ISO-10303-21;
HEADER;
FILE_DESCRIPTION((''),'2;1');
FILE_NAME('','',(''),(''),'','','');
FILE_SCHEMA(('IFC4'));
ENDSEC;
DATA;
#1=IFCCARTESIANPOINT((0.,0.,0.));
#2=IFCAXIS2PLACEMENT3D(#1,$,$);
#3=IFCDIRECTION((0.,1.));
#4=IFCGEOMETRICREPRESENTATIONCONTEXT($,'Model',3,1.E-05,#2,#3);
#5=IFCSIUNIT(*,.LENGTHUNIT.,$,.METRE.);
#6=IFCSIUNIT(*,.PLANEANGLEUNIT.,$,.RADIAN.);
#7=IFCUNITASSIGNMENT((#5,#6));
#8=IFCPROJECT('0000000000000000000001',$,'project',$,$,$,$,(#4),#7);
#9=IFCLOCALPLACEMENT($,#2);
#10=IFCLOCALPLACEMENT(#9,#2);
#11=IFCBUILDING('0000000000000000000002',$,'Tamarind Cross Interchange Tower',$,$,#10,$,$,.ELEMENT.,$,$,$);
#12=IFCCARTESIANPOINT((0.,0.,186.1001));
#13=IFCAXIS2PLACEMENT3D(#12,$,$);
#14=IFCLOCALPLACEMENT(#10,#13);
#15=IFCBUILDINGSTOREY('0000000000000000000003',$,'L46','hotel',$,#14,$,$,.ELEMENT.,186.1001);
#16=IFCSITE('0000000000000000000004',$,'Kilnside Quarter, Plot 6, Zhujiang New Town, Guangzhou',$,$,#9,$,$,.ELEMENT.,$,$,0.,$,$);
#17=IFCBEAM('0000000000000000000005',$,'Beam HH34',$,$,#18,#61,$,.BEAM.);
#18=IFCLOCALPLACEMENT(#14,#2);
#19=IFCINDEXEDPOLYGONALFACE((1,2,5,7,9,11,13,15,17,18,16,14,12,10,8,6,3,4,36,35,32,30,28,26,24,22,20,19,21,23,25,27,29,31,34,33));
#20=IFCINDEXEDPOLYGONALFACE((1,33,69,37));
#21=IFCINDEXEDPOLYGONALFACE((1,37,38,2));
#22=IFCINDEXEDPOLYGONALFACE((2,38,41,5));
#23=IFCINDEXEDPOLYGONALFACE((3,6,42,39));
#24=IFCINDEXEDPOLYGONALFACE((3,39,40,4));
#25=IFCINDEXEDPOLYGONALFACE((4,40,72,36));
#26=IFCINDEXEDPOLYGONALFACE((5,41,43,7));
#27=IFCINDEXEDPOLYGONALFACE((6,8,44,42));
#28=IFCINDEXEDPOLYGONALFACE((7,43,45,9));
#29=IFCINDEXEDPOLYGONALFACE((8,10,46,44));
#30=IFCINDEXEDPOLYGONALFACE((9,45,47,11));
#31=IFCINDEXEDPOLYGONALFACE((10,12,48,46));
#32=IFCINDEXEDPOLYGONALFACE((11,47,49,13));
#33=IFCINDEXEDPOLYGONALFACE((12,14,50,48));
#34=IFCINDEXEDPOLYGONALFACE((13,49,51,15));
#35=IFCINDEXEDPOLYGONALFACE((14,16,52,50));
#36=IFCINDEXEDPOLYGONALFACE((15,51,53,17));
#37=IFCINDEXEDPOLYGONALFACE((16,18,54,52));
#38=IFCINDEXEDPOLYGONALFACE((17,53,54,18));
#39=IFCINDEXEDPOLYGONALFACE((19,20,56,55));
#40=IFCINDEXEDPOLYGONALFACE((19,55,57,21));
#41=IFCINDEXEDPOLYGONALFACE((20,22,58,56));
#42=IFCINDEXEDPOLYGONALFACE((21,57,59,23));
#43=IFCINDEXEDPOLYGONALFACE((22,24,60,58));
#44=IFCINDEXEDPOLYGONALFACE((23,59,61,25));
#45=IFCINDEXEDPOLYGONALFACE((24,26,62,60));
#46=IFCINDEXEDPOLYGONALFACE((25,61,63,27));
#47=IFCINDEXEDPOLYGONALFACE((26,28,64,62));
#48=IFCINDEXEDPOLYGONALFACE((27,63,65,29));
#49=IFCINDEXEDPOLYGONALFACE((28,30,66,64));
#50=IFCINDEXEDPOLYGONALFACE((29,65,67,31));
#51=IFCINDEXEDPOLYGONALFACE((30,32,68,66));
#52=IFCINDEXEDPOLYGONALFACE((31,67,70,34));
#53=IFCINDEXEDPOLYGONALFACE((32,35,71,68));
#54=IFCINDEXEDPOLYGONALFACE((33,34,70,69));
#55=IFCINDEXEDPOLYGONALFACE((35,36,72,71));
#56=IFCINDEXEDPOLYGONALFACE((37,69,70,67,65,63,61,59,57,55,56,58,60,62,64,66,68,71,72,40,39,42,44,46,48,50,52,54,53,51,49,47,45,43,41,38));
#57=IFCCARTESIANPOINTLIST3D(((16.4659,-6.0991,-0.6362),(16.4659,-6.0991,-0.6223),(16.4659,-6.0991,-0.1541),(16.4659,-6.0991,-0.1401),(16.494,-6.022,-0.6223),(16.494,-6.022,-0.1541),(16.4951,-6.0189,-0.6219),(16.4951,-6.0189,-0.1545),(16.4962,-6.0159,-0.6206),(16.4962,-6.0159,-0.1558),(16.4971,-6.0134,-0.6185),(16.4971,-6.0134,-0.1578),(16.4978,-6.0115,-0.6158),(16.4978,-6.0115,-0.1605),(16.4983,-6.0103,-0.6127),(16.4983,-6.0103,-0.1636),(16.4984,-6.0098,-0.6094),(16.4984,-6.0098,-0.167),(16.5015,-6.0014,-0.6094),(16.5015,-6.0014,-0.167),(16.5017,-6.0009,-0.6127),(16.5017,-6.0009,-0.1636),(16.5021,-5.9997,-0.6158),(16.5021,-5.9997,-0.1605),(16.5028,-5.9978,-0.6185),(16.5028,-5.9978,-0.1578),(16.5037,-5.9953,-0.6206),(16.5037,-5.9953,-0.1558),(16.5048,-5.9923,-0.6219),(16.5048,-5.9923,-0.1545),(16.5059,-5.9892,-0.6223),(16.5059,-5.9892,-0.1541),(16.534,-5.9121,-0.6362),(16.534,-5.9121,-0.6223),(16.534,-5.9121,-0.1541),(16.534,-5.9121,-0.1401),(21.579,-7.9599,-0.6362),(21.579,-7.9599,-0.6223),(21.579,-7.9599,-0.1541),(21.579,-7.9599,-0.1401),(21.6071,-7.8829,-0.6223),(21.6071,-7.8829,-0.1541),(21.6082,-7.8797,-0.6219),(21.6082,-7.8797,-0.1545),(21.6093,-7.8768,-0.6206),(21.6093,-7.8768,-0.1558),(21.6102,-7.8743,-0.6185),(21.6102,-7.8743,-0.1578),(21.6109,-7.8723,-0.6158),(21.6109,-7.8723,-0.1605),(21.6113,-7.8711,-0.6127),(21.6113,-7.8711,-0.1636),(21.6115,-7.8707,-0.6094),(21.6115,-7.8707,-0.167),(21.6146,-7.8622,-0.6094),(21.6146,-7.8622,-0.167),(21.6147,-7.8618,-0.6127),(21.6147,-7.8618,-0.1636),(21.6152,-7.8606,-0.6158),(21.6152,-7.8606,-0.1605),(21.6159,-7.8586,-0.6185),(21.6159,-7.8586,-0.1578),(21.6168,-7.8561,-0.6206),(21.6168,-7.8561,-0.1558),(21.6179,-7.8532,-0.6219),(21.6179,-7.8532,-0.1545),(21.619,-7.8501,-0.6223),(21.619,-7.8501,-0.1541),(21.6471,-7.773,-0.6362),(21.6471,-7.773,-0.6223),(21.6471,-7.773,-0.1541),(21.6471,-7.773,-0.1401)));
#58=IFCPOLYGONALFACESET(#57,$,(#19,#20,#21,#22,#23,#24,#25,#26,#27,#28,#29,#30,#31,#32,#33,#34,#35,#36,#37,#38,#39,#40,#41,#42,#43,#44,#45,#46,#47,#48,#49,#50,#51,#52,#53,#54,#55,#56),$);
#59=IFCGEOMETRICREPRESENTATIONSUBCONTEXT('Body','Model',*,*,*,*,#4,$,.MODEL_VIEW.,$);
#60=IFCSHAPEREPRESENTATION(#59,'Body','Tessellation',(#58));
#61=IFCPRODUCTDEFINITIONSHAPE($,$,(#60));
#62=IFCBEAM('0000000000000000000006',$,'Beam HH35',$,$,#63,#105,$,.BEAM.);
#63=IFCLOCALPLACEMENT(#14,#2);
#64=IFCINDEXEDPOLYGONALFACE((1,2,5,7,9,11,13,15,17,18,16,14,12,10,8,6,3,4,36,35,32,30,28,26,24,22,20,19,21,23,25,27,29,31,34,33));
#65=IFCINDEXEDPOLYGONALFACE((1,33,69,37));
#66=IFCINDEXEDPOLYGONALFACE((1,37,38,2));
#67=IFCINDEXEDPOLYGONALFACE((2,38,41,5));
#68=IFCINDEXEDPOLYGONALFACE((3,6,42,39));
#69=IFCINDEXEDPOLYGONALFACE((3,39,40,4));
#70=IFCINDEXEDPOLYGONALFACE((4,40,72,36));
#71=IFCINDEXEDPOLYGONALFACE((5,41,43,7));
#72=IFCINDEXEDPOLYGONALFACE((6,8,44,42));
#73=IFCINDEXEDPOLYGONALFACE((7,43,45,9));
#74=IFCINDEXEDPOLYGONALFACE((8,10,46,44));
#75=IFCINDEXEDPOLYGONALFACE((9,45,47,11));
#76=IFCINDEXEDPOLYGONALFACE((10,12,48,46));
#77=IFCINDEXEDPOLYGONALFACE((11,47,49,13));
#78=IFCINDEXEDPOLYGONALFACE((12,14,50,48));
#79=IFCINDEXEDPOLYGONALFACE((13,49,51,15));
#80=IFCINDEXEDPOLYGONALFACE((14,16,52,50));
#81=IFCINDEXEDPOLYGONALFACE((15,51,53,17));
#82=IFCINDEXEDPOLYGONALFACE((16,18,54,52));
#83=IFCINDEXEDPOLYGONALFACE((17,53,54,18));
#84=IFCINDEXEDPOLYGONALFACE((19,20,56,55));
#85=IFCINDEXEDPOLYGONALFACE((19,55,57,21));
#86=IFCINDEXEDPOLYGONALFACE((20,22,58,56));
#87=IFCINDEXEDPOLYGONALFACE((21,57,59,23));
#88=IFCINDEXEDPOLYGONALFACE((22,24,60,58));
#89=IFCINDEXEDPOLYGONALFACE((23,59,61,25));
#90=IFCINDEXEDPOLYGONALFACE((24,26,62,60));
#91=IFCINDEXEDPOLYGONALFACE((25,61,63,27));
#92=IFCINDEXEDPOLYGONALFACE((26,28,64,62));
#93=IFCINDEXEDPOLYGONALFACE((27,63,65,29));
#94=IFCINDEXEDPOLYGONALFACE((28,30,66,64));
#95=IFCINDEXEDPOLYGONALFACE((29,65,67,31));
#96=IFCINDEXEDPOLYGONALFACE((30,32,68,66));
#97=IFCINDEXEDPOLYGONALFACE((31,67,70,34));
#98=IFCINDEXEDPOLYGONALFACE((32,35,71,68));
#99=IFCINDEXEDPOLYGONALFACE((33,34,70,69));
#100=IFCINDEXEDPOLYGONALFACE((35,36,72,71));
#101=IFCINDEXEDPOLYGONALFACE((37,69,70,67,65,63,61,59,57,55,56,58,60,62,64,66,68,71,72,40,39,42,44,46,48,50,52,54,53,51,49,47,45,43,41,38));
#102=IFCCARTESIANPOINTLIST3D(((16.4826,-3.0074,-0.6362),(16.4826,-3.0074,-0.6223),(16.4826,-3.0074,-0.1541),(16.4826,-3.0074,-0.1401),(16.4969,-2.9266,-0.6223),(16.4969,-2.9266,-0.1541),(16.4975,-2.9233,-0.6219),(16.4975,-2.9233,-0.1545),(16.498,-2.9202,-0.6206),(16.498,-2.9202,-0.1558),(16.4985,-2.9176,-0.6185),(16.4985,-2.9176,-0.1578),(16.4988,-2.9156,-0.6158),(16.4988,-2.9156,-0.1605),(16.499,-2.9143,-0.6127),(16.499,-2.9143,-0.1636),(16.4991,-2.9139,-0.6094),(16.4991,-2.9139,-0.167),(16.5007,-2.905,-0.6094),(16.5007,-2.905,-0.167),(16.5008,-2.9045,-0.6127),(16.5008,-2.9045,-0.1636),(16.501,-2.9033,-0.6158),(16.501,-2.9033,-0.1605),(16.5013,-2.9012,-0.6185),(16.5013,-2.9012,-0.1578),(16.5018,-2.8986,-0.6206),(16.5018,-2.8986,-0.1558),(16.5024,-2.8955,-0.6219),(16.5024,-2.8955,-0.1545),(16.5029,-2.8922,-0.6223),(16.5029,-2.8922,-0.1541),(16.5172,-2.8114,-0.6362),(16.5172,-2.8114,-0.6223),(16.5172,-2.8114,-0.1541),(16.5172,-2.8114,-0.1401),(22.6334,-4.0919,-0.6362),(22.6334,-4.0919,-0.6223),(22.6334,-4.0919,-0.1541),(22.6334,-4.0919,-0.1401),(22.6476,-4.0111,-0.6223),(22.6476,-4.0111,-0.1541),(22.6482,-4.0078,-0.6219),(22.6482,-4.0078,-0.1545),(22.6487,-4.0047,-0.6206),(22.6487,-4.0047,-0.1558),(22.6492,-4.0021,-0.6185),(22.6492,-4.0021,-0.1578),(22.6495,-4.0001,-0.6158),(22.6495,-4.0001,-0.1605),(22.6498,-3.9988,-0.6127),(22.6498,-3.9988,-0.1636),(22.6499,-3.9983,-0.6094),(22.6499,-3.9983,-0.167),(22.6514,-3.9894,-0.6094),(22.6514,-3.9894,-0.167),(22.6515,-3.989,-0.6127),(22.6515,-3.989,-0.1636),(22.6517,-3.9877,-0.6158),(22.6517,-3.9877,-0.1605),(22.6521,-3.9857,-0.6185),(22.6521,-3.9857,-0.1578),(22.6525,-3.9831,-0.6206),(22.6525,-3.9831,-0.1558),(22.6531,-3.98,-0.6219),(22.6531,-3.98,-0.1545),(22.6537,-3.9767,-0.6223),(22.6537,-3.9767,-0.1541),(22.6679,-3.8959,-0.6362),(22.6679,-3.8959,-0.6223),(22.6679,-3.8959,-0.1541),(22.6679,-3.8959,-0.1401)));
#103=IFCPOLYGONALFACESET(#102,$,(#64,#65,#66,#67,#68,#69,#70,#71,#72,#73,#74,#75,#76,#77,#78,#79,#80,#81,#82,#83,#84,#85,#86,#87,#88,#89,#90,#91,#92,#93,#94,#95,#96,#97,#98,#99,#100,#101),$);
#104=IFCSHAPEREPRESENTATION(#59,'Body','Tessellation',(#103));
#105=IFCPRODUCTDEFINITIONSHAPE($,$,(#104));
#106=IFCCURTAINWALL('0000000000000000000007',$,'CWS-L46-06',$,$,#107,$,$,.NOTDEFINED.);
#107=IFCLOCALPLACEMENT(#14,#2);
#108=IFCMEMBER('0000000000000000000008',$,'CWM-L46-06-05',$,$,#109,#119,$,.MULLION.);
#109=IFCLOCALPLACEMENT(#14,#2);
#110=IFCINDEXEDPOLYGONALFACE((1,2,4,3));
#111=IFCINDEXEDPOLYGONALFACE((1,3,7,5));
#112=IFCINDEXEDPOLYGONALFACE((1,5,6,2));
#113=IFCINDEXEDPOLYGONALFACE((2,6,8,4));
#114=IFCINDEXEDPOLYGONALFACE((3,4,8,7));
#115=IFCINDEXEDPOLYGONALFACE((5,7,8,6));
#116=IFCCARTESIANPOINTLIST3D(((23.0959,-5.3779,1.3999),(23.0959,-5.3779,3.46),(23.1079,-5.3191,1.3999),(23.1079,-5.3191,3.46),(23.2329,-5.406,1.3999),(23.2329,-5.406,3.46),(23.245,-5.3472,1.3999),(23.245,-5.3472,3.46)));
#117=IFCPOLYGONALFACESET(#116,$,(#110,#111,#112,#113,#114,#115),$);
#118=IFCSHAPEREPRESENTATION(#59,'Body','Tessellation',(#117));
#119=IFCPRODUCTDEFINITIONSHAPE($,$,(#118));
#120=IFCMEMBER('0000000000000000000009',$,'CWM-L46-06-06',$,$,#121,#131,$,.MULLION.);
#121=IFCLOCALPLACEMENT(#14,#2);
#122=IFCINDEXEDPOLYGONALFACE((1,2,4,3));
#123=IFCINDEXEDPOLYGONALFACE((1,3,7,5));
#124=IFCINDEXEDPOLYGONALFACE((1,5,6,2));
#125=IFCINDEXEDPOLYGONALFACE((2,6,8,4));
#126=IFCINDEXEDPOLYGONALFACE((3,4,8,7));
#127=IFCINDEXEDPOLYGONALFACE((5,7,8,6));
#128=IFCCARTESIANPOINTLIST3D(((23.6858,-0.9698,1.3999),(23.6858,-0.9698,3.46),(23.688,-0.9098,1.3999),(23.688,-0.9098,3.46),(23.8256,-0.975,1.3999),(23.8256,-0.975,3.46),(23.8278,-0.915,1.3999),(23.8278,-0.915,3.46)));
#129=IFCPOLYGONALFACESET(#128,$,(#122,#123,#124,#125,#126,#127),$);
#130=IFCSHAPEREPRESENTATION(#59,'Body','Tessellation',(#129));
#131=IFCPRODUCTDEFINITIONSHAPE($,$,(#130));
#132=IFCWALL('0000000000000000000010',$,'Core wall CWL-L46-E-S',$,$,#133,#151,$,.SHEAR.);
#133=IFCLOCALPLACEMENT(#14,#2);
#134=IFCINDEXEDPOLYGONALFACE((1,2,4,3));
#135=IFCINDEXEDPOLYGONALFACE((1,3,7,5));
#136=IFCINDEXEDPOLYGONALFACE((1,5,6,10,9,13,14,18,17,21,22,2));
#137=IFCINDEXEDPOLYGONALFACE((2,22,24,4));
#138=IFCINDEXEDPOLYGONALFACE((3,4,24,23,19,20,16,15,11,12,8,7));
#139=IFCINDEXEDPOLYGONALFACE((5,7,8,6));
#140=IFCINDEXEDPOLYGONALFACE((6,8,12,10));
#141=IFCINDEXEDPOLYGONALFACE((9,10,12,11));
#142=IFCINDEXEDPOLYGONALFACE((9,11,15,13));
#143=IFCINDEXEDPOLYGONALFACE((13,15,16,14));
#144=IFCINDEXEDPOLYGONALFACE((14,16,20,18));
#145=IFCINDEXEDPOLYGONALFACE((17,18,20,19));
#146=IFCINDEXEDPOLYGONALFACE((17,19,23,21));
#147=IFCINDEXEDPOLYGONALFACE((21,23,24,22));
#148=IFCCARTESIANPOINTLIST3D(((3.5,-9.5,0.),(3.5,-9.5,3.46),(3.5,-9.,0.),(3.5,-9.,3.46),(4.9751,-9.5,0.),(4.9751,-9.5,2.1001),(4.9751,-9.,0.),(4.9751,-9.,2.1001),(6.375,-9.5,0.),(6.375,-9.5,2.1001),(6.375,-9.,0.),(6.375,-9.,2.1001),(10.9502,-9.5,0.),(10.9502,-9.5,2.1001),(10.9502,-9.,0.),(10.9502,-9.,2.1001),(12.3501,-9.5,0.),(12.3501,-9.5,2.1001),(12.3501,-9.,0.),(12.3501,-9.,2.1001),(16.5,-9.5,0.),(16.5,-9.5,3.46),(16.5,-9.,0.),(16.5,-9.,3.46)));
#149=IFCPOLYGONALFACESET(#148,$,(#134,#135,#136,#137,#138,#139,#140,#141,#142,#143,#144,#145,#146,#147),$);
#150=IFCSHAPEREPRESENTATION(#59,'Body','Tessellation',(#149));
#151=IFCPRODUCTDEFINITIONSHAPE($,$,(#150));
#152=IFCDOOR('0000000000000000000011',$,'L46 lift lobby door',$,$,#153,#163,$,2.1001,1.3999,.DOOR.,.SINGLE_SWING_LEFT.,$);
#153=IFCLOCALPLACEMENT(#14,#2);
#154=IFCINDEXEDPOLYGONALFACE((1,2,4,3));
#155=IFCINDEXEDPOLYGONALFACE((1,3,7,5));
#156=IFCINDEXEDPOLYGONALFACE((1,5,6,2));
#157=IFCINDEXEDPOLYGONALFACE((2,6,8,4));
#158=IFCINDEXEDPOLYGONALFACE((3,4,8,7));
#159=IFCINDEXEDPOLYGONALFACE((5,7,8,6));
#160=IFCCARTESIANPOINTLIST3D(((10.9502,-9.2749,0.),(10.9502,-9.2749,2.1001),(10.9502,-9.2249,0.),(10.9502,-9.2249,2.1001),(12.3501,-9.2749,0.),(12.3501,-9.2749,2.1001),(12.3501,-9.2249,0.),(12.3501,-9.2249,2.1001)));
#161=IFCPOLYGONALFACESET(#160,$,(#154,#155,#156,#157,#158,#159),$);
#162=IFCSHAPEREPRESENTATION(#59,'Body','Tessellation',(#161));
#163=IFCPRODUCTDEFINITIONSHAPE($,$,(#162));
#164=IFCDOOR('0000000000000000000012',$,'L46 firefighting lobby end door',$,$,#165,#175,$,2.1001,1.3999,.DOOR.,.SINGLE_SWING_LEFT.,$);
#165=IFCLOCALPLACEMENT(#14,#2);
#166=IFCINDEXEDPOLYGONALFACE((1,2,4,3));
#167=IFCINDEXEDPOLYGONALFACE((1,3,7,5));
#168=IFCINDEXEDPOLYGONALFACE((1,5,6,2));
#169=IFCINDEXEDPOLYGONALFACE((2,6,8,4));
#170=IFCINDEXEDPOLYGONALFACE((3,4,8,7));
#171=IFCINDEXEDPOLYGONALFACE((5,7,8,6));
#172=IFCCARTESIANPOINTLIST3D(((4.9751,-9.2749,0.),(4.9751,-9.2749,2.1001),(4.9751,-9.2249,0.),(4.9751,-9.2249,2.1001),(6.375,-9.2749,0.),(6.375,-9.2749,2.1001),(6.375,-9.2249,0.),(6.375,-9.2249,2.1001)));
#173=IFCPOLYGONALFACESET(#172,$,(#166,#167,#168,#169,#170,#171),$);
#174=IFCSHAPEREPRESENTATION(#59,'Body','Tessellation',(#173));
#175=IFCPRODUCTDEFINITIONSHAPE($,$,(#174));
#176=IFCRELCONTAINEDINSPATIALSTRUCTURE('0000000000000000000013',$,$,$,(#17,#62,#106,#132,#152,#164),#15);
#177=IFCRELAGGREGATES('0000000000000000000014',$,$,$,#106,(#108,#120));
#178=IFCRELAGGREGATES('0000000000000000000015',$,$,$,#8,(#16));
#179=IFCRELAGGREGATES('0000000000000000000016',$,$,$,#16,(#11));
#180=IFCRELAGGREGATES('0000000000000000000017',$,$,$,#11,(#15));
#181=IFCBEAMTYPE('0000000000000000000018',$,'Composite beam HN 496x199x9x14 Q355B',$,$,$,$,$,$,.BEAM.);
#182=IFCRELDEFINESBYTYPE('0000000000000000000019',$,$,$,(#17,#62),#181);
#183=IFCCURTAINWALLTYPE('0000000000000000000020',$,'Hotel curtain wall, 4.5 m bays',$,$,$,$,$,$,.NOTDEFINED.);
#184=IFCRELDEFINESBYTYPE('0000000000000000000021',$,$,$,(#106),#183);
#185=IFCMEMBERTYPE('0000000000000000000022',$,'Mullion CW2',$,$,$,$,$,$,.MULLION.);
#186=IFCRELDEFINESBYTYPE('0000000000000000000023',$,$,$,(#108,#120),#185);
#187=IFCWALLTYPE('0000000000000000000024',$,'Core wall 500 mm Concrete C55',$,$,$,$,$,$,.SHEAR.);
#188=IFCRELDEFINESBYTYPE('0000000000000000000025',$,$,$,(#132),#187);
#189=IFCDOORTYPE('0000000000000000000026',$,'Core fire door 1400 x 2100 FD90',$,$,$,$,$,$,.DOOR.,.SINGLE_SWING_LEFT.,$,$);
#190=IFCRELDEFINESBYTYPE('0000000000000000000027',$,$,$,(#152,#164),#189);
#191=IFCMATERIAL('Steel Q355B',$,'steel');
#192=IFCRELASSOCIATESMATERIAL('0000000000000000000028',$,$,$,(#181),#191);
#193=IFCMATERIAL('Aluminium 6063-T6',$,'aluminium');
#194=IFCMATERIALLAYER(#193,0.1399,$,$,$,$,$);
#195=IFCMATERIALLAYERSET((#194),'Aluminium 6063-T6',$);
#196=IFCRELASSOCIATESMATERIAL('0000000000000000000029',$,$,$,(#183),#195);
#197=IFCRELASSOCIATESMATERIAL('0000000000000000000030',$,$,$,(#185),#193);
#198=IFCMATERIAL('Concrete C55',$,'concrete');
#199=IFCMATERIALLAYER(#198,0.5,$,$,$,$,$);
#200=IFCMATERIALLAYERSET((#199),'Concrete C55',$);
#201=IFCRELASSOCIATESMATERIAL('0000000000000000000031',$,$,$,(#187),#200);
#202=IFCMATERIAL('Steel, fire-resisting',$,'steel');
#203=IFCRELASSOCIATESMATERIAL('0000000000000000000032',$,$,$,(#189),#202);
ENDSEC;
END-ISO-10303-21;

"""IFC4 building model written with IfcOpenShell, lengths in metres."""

from ifc_helpers import new_model, si_unit, direction, frame, frame_2d, origin, origin_2d, place, context, subcontext, project, spatial, rectangle, i_section, extrude, material, layer, layer_set, material_profile, profile_set, type_object, element, fill, aggregate, save


model = new_model("IFC4")

# Units and contexts
model_context = context("Model", 3, precision=1e-05, world=origin(), true_north=direction((0.0, 1.0)))
body_context = subcontext(model_context, "Body", "Model", "MODEL_VIEW")
ifc_project = project(units=[si_unit("LENGTHUNIT", "METRE"), si_unit("PLANEANGLEUNIT", "RADIAN")], contexts=[model_context])

# Site, building, storey
site_placement = place(None, origin())
site = spatial("IfcSite", under=ifc_project, at=site_placement, Name="Kilnside Quarter, Plot 6, Zhujiang New Town, Guangzhou", CompositionType="ELEMENT", RefElevation=0.0)
building_placement = place(site_placement, origin())
building = spatial("IfcBuilding", under=site, at=building_placement, Name="Tamarind Cross Interchange Tower", CompositionType="ELEMENT")
storey_placement = place(building_placement, frame((0.0, 0.0, 186.1001)))
storey = spatial("IfcBuildingStorey", under=building, at=storey_placement, Name="L46", Description="hotel", CompositionType="ELEMENT", Elevation=186.1001)

# Shared definitions
ifc_material_1 = material(Name="Concrete C55", Category="concrete")

# Beams
ifc_material_2 = material(Name="Steel Q355B", Category="steel")
ifc_material_profile_1 = material_profile(ifc_material_2, i_section(OverallWidth=0.199, OverallDepth=0.4961, WebThickness=0.009, FlangeThickness=0.0139, FilletRadius=0.0129, at=origin_2d()), Name="HN 496x199x9x14")
ifc_profile_set_1 = profile_set([ifc_material_profile_1], Name="Steel Q355B")
beam_type = type_object("IfcBeamType", Name="Composite beam HN 496x199x9x14 Q355B", PredefinedType="BEAM", material=ifc_profile_set_1)
beam_1_placement = place(storey_placement, frame((21.613, -7.8665, -0.3882), z_axis=(-0.939702, 0.341995, 0.0), x_axis=(-0.341995, -0.939702, 0.0)))
element("IfcBeam", 1, at=beam_1_placement, inside=storey, type_object=beam_type, Name="Beam HH34", PredefinedType="BEAM", context=body_context, shape_type="SweptSolid", body=[
    extrude(i_section(OverallWidth=0.199, OverallDepth=0.4961, WebThickness=0.009, FlangeThickness=0.0139, FilletRadius=0.0129, at=origin_2d()), origin(), (0.0, 0.0, 1.0), 5.4412),
])
beam_2_placement = place(storey_placement, frame((22.6506, -3.9939, -0.3882), z_axis=(-0.984809, 0.17364, 0.0), x_axis=(-0.17364, -0.984809, 0.0)))
element("IfcBeam", 2, at=beam_2_placement, inside=storey, type_object=beam_type, Name="Beam HH35", PredefinedType="BEAM", context=body_context, shape_type="SweptSolid", body=[
    extrude(i_section(OverallWidth=0.199, OverallDepth=0.4961, WebThickness=0.009, FlangeThickness=0.0139, FilletRadius=0.0129, at=origin_2d()), origin(), (0.0, 0.0, 1.0), 6.2456),
])

# Curtain wall, members
ifc_material_3 = material(Name="Aluminium 6063-T6", Category="aluminium")
ifc_layer_1 = layer(ifc_material_3, 0.1399)
ifc_layer_set_1 = layer_set([ifc_layer_1], Name="Aluminium 6063-T6")
curtain_wall_type = type_object("IfcCurtainWallType", Name="Hotel curtain wall, 4.5 m bays", PredefinedType="NOTDEFINED", material=ifc_layer_set_1)
curtain_wall_placement = place(storey_placement, origin())
curtain_wall = element("IfcCurtainWall", 3, at=curtain_wall_placement, inside=storey, type_object=curtain_wall_type, Name="CWS-L46-06", PredefinedType="NOTDEFINED")
ifc_material_profile_2 = material_profile(ifc_material_3, rectangle(XDim=0.0601, YDim=0.1399, at=origin_2d()), Name="Mullion CW2")
ifc_profile_set_2 = profile_set([ifc_material_profile_2], Name="Aluminium 6063-T6")
member_type = type_object("IfcMemberType", Name="Mullion CW2", PredefinedType="MULLION", material=ifc_profile_set_2)
member_1_placement = place(storey_placement, frame((23.1704, -5.3625, 1.3999), z_axis=(0.0, 0.0, 1.0), x_axis=(0.201001, 0.979591, 0.0)))
member_1 = element("IfcMember", 4, at=member_1_placement, type_object=member_type, Name="CWM-L46-06-05", PredefinedType="MULLION", context=body_context, shape_type="SweptSolid", body=[
    extrude(rectangle(XDim=0.0601, YDim=0.1399, at=origin_2d()), origin(), (0.0, 0.0, 1.0), 2.0601),
])
member_2_placement = place(storey_placement, frame((23.7568, -0.9424, 1.3999), z_axis=(0.0, 0.0, 1.0), x_axis=(0.037025, 0.999314, 0.0)))
member_2 = element("IfcMember", 5, at=member_2_placement, type_object=member_type, Name="CWM-L46-06-06", PredefinedType="MULLION", context=body_context, shape_type="SweptSolid", body=[
    extrude(rectangle(XDim=0.0601, YDim=0.1399, at=origin_2d()), origin(), (0.0, 0.0, 1.0), 2.0601),
])
aggregate(curtain_wall, [member_1, member_2])

# Wall, openings, doors
ifc_layer_2 = layer(ifc_material_1, 0.5)
ifc_layer_set_2 = layer_set([ifc_layer_2], Name="Concrete C55")
wall_type_1 = type_object("IfcWallType", Name="Core wall 500 mm Concrete C55", PredefinedType="SHEAR", material=ifc_layer_set_2)
wall_1_placement = place(storey_placement, frame((16.5, -9.25, 0.0), z_axis=(0.0, 0.0, 1.0), x_axis=(-1.0, 0.0, 0.0)))
wall_1 = element("IfcWall", 6, at=wall_1_placement, inside=storey, type_object=wall_type_1, Name="Core wall CWL-L46-E-S", PredefinedType="SHEAR", context=body_context, shape_type="SweptSolid", body=[
    extrude(rectangle(XDim=13.0, YDim=0.5, at=frame_2d((6.5, 0.0))), origin(), (0.0, 0.0, 1.0), 3.46),
])
opening_1_placement = place(wall_1_placement, frame((4.1499, 0.0, 0.0)))
opening_1 = element("IfcOpeningElement", 7, at=opening_1_placement, cuts=wall_1, PredefinedType="OPENING", context=body_context, shape_type="SweptSolid", body=[
    extrude(rectangle(XDim=1.3999, YDim=2.1001, at=frame_2d((0.7, 1.05))), frame((0.0, 0.26, 0.0), z_axis=(0.0, -1.0, 0.0), x_axis=(1.0, 0.0, 0.0)), (0.0, 0.0, 1.0), 0.52),
])
opening_2_placement = place(wall_1_placement, frame((10.125, 0.0, 0.0)))
opening_2 = element("IfcOpeningElement", 8, at=opening_2_placement, cuts=wall_1, PredefinedType="OPENING", context=body_context, shape_type="SweptSolid", body=[
    extrude(rectangle(XDim=1.3999, YDim=2.1001, at=frame_2d((0.7, 1.05))), frame((0.0, 0.26, 0.0), z_axis=(0.0, -1.0, 0.0), x_axis=(1.0, 0.0, 0.0)), (0.0, 0.0, 1.0), 0.52),
])
ifc_material_4 = material(Name="Steel, fire-resisting", Category="steel")
door_type_1 = type_object("IfcDoorType", Name="Core fire door 1400 x 2100 FD90", OperationType="SINGLE_SWING_LEFT", PredefinedType="DOOR", material=ifc_material_4)
door_1_placement = place(opening_1_placement, origin())
door_1 = element("IfcDoor", 9, at=door_1_placement, inside=storey, type_object=door_type_1, Name="L46 lift lobby door", OperationType="SINGLE_SWING_LEFT", OverallHeight=2.1001, OverallWidth=1.3999, PredefinedType="DOOR", context=body_context, shape_type="SweptSolid", body=[
    extrude(rectangle(XDim=1.3999, YDim=2.1001, at=frame_2d((0.7, 1.05))), frame((0.0, 0.0249, 0.0), z_axis=(0.0, -1.0, 0.0), x_axis=(1.0, 0.0, 0.0)), (0.0, 0.0, 1.0), 0.05),
])
fill(opening_1, door_1)
door_2_placement = place(opening_2_placement, origin())
door_2 = element("IfcDoor", 10, at=door_2_placement, inside=storey, type_object=door_type_1, Name="L46 firefighting lobby end door", OperationType="SINGLE_SWING_LEFT", OverallHeight=2.1001, OverallWidth=1.3999, PredefinedType="DOOR", context=body_context, shape_type="SweptSolid", body=[
    extrude(rectangle(XDim=1.3999, YDim=2.1001, at=frame_2d((0.7, 1.05))), frame((0.0, 0.0249, 0.0), z_axis=(0.0, -1.0, 0.0), x_axis=(1.0, 0.0, 0.0)), (0.0, 0.0, 1.0), 0.05),
])
fill(opening_2, door_2)

save(model, "model.ifc")
